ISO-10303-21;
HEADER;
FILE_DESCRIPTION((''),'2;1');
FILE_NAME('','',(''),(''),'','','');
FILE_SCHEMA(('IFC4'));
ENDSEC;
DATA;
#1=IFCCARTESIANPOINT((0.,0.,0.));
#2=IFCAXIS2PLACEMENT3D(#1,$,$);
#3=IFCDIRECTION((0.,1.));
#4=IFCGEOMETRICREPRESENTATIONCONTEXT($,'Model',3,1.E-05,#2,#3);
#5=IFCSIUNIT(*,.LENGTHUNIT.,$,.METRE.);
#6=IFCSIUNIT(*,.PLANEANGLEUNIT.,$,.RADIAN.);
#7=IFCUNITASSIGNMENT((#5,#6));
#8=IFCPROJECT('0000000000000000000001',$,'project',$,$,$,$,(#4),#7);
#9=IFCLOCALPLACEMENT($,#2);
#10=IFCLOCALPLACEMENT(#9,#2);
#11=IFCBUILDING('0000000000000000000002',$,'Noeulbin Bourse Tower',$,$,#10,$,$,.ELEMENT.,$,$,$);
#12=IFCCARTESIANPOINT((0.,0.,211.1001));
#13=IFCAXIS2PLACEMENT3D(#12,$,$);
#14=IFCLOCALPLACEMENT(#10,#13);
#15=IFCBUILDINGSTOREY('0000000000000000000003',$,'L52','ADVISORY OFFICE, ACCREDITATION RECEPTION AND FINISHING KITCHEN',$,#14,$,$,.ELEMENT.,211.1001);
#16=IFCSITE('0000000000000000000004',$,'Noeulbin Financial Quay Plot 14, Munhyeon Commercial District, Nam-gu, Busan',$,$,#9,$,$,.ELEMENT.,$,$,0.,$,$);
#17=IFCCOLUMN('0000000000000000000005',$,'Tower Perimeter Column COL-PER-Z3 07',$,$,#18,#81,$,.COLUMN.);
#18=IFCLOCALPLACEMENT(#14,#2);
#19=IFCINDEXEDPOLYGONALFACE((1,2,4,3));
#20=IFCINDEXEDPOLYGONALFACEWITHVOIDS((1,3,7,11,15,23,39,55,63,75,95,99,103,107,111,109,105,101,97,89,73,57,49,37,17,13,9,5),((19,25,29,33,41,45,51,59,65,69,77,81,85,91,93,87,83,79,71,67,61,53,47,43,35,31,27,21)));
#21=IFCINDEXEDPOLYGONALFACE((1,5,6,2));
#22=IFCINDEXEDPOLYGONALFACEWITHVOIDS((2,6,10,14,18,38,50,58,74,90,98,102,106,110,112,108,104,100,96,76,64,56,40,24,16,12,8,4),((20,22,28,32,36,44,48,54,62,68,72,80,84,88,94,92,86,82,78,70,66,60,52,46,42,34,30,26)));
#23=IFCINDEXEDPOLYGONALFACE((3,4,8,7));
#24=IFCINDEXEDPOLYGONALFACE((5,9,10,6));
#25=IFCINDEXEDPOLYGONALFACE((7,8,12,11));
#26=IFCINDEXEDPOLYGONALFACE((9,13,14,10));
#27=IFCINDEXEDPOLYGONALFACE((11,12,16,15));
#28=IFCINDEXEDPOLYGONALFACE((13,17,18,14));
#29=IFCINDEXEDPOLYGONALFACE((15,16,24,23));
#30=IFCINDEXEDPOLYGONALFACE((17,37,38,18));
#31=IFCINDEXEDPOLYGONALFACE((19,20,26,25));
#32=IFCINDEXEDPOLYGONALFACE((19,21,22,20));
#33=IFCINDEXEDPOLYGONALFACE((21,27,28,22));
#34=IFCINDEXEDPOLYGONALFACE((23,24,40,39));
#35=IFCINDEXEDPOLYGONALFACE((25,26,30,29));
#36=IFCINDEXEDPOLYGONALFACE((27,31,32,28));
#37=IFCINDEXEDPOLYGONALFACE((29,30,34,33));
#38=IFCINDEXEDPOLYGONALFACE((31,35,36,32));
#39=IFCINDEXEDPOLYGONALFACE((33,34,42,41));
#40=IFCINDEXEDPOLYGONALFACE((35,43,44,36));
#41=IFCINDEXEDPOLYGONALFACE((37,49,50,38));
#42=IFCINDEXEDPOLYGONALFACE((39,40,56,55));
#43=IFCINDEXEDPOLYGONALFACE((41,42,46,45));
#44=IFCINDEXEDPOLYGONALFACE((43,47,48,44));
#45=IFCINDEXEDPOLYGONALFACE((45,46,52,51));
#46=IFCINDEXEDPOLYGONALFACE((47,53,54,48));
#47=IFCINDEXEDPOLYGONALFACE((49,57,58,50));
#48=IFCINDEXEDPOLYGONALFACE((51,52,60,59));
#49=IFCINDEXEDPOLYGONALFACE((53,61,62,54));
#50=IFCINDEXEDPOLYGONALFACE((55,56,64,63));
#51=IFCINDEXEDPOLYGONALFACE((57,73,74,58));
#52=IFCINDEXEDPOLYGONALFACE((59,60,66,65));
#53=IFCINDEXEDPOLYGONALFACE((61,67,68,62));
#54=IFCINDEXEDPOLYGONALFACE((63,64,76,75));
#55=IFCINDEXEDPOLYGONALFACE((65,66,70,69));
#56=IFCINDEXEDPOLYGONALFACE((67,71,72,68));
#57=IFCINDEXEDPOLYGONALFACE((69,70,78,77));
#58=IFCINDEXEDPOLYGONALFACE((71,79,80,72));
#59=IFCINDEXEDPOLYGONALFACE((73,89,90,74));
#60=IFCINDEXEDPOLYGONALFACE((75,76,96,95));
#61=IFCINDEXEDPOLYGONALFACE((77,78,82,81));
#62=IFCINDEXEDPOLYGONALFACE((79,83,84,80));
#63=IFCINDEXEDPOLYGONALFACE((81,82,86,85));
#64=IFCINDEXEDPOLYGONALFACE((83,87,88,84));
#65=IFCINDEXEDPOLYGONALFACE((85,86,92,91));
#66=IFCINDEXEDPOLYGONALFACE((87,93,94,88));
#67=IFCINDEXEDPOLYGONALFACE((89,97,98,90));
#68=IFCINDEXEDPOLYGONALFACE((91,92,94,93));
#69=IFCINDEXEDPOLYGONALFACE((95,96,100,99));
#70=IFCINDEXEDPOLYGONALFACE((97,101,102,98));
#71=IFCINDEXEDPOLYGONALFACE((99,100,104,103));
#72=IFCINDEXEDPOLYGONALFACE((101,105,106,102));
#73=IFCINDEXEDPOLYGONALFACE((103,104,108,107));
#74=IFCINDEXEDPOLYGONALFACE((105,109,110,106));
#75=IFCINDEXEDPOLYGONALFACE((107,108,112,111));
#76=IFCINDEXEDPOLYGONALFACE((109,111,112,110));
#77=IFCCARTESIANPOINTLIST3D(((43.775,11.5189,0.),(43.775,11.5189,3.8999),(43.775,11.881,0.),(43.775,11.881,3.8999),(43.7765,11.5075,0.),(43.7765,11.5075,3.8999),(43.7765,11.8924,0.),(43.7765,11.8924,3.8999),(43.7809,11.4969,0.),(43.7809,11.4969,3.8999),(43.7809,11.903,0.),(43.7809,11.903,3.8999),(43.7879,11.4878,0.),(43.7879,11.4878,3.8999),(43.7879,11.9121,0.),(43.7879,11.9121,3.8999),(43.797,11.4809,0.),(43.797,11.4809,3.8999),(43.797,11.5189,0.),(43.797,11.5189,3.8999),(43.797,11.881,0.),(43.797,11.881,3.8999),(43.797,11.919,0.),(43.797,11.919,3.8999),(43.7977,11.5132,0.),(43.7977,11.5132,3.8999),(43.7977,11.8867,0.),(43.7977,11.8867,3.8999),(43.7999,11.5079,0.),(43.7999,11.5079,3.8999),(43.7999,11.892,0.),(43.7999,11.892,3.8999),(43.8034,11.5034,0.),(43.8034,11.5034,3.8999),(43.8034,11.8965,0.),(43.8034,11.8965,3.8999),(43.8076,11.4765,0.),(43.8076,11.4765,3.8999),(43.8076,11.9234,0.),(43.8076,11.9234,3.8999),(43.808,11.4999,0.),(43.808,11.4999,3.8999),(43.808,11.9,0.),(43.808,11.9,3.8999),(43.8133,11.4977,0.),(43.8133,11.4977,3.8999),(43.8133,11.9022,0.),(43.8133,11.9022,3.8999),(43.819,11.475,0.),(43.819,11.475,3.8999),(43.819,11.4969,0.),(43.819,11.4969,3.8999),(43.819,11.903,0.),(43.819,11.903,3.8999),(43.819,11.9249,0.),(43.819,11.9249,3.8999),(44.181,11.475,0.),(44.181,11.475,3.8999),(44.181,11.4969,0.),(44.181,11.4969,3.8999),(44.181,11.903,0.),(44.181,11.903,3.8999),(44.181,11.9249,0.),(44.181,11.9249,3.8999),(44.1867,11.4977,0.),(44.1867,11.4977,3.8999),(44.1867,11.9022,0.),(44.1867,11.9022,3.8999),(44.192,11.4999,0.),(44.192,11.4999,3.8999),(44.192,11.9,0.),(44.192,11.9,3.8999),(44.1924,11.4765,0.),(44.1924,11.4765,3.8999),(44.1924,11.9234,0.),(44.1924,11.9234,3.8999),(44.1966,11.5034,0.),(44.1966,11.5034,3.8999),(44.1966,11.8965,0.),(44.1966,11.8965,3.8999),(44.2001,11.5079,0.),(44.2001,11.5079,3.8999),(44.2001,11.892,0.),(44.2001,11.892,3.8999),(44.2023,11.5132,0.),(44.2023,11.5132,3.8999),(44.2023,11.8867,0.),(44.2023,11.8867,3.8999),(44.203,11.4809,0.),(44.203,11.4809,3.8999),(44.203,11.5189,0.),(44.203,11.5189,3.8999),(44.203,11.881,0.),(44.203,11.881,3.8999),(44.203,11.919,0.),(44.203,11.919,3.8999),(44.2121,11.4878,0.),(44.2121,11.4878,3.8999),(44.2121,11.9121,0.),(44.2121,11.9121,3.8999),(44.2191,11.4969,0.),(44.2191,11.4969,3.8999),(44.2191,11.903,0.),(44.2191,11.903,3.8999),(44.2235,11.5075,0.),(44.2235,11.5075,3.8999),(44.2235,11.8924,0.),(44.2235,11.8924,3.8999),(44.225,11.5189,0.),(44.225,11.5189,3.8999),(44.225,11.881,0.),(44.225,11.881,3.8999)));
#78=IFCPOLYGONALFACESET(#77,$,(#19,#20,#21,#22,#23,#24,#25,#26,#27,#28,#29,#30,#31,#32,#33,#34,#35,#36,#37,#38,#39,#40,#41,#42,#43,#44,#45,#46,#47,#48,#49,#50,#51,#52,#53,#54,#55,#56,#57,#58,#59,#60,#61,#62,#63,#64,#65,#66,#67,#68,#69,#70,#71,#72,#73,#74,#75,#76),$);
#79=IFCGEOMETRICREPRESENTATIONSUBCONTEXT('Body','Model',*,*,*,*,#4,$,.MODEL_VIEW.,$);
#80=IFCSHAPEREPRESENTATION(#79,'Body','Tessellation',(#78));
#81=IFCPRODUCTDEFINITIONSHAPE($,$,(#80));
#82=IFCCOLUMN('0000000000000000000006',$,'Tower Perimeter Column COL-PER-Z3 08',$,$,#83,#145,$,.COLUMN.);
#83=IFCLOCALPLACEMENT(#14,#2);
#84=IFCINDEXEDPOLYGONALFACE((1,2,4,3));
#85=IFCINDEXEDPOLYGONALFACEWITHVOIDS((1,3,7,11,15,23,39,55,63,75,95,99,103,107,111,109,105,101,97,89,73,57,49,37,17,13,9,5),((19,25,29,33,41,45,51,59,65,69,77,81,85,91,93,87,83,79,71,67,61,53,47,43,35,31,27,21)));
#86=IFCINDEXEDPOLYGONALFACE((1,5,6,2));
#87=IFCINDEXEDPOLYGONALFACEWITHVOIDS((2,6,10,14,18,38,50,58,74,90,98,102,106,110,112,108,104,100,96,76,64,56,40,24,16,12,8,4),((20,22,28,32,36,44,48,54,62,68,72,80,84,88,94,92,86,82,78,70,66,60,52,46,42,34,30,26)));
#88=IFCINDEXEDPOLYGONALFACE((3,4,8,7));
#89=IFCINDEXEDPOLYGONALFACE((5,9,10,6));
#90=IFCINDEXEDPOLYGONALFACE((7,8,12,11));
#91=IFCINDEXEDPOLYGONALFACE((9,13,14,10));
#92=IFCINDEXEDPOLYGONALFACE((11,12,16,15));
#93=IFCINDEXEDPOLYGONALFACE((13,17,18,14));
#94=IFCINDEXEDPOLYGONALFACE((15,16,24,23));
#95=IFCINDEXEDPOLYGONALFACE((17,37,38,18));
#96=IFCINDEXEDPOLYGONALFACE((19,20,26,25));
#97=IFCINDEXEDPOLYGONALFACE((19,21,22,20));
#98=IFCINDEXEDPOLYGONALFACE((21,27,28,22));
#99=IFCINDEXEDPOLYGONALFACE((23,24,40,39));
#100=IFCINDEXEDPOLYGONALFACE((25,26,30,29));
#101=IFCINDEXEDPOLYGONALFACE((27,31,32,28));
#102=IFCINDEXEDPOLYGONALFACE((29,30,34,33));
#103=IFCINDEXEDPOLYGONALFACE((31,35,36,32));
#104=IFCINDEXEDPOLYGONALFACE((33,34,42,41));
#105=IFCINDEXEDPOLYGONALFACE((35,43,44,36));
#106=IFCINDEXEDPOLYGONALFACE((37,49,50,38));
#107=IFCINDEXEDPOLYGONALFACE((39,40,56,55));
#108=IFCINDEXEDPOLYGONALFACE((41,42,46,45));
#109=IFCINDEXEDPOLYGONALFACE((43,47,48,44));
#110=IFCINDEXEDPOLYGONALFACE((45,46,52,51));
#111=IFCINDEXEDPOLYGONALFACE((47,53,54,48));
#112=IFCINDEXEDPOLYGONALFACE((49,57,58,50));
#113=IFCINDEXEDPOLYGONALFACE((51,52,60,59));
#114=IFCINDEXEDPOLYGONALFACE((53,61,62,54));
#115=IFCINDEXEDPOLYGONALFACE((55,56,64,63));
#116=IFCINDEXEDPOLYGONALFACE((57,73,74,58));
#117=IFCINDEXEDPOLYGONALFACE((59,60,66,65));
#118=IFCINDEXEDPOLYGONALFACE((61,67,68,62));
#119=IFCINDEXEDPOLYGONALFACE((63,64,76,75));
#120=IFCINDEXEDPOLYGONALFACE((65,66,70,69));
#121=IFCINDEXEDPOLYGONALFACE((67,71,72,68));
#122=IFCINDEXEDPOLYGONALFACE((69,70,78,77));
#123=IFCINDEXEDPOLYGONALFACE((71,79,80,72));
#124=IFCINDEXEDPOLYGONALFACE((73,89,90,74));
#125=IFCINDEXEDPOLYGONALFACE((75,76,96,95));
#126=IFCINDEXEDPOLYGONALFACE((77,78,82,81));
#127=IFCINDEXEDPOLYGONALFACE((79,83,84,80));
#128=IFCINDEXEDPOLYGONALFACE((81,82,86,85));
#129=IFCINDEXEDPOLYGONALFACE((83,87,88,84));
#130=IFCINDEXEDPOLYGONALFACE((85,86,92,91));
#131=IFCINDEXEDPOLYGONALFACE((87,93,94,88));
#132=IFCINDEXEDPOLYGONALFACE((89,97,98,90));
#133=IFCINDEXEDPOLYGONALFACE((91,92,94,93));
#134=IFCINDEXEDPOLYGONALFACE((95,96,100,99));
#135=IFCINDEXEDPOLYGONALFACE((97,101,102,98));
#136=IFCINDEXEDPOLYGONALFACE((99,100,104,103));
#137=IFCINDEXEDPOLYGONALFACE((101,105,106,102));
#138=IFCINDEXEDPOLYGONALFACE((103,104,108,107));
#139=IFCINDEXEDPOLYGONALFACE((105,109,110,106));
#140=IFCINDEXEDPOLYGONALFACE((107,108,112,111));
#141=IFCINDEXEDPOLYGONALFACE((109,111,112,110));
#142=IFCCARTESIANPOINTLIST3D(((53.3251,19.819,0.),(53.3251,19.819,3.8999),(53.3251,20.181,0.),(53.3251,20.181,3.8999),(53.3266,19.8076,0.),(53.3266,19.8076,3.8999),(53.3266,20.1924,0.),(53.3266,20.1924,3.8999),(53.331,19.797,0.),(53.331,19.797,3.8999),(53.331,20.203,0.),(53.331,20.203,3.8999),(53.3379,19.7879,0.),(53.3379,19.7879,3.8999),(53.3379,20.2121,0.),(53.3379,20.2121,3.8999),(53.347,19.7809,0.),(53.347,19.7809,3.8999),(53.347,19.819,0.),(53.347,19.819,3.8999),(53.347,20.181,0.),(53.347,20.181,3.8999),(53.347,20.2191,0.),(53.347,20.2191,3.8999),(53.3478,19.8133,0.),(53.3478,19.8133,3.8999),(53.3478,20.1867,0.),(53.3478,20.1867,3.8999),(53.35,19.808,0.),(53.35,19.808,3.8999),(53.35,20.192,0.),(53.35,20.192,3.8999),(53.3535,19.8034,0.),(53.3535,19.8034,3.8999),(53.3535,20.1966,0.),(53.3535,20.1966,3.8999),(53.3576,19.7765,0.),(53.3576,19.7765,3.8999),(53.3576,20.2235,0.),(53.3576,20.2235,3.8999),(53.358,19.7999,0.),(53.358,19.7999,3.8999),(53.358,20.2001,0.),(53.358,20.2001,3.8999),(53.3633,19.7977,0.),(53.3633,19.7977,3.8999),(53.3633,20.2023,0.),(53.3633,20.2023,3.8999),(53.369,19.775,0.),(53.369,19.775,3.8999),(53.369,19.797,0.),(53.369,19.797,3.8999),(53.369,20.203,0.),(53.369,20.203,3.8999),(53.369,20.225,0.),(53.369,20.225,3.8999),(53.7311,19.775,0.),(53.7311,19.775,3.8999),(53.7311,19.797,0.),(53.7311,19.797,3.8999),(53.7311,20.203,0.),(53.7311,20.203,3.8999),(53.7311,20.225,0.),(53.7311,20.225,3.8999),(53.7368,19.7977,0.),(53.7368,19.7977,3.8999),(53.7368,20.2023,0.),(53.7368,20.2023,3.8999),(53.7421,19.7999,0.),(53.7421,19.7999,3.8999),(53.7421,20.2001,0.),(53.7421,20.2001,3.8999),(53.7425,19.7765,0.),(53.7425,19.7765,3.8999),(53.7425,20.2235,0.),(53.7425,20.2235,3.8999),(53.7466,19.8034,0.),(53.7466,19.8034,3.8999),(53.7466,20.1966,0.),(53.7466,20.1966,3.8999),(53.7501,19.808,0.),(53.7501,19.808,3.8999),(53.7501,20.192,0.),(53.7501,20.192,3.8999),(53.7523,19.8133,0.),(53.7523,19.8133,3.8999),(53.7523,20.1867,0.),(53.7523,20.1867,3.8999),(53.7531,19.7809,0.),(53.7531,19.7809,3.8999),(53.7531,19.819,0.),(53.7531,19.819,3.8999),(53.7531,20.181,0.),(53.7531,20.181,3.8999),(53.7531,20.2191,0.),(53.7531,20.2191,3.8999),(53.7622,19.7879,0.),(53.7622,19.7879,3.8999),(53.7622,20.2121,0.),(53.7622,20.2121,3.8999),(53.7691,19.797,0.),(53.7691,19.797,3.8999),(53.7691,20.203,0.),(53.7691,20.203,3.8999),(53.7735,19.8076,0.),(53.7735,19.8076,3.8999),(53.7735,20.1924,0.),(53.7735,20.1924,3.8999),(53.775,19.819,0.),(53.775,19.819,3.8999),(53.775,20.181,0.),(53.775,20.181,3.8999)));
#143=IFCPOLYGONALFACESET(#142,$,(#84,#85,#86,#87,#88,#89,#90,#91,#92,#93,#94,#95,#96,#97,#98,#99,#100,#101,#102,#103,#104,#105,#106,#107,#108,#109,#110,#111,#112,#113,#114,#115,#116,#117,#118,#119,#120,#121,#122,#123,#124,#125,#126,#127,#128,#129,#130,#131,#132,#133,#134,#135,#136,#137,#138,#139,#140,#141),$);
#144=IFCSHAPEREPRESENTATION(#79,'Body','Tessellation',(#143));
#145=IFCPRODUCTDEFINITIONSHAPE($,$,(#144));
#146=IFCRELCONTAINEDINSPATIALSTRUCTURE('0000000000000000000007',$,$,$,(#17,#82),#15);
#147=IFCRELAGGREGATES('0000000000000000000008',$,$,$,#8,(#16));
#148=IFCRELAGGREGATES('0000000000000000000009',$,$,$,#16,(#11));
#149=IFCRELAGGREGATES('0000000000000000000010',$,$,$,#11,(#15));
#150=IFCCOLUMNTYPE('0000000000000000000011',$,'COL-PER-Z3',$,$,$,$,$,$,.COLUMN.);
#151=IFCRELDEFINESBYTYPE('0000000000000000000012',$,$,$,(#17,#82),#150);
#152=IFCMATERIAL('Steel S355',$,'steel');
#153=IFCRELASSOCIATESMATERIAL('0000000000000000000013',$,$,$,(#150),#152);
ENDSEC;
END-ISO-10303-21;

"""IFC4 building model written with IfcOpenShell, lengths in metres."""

from ifc_helpers import new_model, si_unit, direction, frame, origin, origin_2d, place, context, subcontext, project, spatial, hollow_rectangle, extrude, material, material_profile, profile_set, type_object, element, save


model = new_model("IFC4")

# Units and contexts
model_context = context("Model", 3, precision=1e-05, world=origin(), true_north=direction((0.0, 1.0)))
body_context = subcontext(model_context, "Body", "Model", "MODEL_VIEW")
ifc_project = project(units=[si_unit("LENGTHUNIT", "METRE"), si_unit("PLANEANGLEUNIT", "RADIAN")], contexts=[model_context])

# Site, building, storey
site_placement = place(None, origin())
site = spatial("IfcSite", under=ifc_project, at=site_placement, Name="Noeulbin Financial Quay Plot 14, Munhyeon Commercial District, Nam-gu, Busan", CompositionType="ELEMENT", RefElevation=0.0)
building_placement = place(site_placement, origin())
building = spatial("IfcBuilding", under=site, at=building_placement, Name="Noeulbin Bourse Tower", CompositionType="ELEMENT")
storey_placement = place(building_placement, frame((0.0, 0.0, 211.1001)))
storey = spatial("IfcBuildingStorey", under=building, at=storey_placement, Name="L52", Description="ADVISORY OFFICE, ACCREDITATION RECEPTION AND FINISHING KITCHEN", CompositionType="ELEMENT", Elevation=211.1001)

# Columns
ifc_material_1 = material(Name="Steel S355", Category="steel")
ifc_material_profile_1 = material_profile(ifc_material_1, hollow_rectangle(XDim=0.45, YDim=0.45, WallThickness=0.022, InnerFilletRadius=0.022, OuterFilletRadius=0.0439, at=origin_2d()), Name="SHS-450x450x22", Category="LoadBearing")
ifc_profile_set_1 = profile_set([ifc_material_profile_1], Name="Steel S355")
column_type_1 = type_object("IfcColumnType", Name="COL-PER-Z3", PredefinedType="COLUMN", material=ifc_profile_set_1)
for number, where, z_axis, x_axis, name in (
    (1, (44.0, 11.7, 0.0), (0.0, 0.0, 1.0), (1.0, 0.0, 0.0), "Tower Perimeter Column COL-PER-Z3 07"),
    (2, (53.55, 20.0, 0.0), (0.0, 0.0, 1.0), (1.0, 0.0, 0.0), "Tower Perimeter Column COL-PER-Z3 08"),
):
    element("IfcColumn", number, at=place(storey_placement, frame(where, z_axis=z_axis, x_axis=x_axis)), inside=storey, type_object=column_type_1, Name=name, PredefinedType="COLUMN", context=body_context, shape_type="SweptSolid", body=[
        extrude(hollow_rectangle(XDim=0.45, YDim=0.45, WallThickness=0.022, InnerFilletRadius=0.022, OuterFilletRadius=0.0439, at=origin_2d()), origin(), (0.0, 0.0, 1.0), 3.8999),
    ])

save(model, "model.ifc")
